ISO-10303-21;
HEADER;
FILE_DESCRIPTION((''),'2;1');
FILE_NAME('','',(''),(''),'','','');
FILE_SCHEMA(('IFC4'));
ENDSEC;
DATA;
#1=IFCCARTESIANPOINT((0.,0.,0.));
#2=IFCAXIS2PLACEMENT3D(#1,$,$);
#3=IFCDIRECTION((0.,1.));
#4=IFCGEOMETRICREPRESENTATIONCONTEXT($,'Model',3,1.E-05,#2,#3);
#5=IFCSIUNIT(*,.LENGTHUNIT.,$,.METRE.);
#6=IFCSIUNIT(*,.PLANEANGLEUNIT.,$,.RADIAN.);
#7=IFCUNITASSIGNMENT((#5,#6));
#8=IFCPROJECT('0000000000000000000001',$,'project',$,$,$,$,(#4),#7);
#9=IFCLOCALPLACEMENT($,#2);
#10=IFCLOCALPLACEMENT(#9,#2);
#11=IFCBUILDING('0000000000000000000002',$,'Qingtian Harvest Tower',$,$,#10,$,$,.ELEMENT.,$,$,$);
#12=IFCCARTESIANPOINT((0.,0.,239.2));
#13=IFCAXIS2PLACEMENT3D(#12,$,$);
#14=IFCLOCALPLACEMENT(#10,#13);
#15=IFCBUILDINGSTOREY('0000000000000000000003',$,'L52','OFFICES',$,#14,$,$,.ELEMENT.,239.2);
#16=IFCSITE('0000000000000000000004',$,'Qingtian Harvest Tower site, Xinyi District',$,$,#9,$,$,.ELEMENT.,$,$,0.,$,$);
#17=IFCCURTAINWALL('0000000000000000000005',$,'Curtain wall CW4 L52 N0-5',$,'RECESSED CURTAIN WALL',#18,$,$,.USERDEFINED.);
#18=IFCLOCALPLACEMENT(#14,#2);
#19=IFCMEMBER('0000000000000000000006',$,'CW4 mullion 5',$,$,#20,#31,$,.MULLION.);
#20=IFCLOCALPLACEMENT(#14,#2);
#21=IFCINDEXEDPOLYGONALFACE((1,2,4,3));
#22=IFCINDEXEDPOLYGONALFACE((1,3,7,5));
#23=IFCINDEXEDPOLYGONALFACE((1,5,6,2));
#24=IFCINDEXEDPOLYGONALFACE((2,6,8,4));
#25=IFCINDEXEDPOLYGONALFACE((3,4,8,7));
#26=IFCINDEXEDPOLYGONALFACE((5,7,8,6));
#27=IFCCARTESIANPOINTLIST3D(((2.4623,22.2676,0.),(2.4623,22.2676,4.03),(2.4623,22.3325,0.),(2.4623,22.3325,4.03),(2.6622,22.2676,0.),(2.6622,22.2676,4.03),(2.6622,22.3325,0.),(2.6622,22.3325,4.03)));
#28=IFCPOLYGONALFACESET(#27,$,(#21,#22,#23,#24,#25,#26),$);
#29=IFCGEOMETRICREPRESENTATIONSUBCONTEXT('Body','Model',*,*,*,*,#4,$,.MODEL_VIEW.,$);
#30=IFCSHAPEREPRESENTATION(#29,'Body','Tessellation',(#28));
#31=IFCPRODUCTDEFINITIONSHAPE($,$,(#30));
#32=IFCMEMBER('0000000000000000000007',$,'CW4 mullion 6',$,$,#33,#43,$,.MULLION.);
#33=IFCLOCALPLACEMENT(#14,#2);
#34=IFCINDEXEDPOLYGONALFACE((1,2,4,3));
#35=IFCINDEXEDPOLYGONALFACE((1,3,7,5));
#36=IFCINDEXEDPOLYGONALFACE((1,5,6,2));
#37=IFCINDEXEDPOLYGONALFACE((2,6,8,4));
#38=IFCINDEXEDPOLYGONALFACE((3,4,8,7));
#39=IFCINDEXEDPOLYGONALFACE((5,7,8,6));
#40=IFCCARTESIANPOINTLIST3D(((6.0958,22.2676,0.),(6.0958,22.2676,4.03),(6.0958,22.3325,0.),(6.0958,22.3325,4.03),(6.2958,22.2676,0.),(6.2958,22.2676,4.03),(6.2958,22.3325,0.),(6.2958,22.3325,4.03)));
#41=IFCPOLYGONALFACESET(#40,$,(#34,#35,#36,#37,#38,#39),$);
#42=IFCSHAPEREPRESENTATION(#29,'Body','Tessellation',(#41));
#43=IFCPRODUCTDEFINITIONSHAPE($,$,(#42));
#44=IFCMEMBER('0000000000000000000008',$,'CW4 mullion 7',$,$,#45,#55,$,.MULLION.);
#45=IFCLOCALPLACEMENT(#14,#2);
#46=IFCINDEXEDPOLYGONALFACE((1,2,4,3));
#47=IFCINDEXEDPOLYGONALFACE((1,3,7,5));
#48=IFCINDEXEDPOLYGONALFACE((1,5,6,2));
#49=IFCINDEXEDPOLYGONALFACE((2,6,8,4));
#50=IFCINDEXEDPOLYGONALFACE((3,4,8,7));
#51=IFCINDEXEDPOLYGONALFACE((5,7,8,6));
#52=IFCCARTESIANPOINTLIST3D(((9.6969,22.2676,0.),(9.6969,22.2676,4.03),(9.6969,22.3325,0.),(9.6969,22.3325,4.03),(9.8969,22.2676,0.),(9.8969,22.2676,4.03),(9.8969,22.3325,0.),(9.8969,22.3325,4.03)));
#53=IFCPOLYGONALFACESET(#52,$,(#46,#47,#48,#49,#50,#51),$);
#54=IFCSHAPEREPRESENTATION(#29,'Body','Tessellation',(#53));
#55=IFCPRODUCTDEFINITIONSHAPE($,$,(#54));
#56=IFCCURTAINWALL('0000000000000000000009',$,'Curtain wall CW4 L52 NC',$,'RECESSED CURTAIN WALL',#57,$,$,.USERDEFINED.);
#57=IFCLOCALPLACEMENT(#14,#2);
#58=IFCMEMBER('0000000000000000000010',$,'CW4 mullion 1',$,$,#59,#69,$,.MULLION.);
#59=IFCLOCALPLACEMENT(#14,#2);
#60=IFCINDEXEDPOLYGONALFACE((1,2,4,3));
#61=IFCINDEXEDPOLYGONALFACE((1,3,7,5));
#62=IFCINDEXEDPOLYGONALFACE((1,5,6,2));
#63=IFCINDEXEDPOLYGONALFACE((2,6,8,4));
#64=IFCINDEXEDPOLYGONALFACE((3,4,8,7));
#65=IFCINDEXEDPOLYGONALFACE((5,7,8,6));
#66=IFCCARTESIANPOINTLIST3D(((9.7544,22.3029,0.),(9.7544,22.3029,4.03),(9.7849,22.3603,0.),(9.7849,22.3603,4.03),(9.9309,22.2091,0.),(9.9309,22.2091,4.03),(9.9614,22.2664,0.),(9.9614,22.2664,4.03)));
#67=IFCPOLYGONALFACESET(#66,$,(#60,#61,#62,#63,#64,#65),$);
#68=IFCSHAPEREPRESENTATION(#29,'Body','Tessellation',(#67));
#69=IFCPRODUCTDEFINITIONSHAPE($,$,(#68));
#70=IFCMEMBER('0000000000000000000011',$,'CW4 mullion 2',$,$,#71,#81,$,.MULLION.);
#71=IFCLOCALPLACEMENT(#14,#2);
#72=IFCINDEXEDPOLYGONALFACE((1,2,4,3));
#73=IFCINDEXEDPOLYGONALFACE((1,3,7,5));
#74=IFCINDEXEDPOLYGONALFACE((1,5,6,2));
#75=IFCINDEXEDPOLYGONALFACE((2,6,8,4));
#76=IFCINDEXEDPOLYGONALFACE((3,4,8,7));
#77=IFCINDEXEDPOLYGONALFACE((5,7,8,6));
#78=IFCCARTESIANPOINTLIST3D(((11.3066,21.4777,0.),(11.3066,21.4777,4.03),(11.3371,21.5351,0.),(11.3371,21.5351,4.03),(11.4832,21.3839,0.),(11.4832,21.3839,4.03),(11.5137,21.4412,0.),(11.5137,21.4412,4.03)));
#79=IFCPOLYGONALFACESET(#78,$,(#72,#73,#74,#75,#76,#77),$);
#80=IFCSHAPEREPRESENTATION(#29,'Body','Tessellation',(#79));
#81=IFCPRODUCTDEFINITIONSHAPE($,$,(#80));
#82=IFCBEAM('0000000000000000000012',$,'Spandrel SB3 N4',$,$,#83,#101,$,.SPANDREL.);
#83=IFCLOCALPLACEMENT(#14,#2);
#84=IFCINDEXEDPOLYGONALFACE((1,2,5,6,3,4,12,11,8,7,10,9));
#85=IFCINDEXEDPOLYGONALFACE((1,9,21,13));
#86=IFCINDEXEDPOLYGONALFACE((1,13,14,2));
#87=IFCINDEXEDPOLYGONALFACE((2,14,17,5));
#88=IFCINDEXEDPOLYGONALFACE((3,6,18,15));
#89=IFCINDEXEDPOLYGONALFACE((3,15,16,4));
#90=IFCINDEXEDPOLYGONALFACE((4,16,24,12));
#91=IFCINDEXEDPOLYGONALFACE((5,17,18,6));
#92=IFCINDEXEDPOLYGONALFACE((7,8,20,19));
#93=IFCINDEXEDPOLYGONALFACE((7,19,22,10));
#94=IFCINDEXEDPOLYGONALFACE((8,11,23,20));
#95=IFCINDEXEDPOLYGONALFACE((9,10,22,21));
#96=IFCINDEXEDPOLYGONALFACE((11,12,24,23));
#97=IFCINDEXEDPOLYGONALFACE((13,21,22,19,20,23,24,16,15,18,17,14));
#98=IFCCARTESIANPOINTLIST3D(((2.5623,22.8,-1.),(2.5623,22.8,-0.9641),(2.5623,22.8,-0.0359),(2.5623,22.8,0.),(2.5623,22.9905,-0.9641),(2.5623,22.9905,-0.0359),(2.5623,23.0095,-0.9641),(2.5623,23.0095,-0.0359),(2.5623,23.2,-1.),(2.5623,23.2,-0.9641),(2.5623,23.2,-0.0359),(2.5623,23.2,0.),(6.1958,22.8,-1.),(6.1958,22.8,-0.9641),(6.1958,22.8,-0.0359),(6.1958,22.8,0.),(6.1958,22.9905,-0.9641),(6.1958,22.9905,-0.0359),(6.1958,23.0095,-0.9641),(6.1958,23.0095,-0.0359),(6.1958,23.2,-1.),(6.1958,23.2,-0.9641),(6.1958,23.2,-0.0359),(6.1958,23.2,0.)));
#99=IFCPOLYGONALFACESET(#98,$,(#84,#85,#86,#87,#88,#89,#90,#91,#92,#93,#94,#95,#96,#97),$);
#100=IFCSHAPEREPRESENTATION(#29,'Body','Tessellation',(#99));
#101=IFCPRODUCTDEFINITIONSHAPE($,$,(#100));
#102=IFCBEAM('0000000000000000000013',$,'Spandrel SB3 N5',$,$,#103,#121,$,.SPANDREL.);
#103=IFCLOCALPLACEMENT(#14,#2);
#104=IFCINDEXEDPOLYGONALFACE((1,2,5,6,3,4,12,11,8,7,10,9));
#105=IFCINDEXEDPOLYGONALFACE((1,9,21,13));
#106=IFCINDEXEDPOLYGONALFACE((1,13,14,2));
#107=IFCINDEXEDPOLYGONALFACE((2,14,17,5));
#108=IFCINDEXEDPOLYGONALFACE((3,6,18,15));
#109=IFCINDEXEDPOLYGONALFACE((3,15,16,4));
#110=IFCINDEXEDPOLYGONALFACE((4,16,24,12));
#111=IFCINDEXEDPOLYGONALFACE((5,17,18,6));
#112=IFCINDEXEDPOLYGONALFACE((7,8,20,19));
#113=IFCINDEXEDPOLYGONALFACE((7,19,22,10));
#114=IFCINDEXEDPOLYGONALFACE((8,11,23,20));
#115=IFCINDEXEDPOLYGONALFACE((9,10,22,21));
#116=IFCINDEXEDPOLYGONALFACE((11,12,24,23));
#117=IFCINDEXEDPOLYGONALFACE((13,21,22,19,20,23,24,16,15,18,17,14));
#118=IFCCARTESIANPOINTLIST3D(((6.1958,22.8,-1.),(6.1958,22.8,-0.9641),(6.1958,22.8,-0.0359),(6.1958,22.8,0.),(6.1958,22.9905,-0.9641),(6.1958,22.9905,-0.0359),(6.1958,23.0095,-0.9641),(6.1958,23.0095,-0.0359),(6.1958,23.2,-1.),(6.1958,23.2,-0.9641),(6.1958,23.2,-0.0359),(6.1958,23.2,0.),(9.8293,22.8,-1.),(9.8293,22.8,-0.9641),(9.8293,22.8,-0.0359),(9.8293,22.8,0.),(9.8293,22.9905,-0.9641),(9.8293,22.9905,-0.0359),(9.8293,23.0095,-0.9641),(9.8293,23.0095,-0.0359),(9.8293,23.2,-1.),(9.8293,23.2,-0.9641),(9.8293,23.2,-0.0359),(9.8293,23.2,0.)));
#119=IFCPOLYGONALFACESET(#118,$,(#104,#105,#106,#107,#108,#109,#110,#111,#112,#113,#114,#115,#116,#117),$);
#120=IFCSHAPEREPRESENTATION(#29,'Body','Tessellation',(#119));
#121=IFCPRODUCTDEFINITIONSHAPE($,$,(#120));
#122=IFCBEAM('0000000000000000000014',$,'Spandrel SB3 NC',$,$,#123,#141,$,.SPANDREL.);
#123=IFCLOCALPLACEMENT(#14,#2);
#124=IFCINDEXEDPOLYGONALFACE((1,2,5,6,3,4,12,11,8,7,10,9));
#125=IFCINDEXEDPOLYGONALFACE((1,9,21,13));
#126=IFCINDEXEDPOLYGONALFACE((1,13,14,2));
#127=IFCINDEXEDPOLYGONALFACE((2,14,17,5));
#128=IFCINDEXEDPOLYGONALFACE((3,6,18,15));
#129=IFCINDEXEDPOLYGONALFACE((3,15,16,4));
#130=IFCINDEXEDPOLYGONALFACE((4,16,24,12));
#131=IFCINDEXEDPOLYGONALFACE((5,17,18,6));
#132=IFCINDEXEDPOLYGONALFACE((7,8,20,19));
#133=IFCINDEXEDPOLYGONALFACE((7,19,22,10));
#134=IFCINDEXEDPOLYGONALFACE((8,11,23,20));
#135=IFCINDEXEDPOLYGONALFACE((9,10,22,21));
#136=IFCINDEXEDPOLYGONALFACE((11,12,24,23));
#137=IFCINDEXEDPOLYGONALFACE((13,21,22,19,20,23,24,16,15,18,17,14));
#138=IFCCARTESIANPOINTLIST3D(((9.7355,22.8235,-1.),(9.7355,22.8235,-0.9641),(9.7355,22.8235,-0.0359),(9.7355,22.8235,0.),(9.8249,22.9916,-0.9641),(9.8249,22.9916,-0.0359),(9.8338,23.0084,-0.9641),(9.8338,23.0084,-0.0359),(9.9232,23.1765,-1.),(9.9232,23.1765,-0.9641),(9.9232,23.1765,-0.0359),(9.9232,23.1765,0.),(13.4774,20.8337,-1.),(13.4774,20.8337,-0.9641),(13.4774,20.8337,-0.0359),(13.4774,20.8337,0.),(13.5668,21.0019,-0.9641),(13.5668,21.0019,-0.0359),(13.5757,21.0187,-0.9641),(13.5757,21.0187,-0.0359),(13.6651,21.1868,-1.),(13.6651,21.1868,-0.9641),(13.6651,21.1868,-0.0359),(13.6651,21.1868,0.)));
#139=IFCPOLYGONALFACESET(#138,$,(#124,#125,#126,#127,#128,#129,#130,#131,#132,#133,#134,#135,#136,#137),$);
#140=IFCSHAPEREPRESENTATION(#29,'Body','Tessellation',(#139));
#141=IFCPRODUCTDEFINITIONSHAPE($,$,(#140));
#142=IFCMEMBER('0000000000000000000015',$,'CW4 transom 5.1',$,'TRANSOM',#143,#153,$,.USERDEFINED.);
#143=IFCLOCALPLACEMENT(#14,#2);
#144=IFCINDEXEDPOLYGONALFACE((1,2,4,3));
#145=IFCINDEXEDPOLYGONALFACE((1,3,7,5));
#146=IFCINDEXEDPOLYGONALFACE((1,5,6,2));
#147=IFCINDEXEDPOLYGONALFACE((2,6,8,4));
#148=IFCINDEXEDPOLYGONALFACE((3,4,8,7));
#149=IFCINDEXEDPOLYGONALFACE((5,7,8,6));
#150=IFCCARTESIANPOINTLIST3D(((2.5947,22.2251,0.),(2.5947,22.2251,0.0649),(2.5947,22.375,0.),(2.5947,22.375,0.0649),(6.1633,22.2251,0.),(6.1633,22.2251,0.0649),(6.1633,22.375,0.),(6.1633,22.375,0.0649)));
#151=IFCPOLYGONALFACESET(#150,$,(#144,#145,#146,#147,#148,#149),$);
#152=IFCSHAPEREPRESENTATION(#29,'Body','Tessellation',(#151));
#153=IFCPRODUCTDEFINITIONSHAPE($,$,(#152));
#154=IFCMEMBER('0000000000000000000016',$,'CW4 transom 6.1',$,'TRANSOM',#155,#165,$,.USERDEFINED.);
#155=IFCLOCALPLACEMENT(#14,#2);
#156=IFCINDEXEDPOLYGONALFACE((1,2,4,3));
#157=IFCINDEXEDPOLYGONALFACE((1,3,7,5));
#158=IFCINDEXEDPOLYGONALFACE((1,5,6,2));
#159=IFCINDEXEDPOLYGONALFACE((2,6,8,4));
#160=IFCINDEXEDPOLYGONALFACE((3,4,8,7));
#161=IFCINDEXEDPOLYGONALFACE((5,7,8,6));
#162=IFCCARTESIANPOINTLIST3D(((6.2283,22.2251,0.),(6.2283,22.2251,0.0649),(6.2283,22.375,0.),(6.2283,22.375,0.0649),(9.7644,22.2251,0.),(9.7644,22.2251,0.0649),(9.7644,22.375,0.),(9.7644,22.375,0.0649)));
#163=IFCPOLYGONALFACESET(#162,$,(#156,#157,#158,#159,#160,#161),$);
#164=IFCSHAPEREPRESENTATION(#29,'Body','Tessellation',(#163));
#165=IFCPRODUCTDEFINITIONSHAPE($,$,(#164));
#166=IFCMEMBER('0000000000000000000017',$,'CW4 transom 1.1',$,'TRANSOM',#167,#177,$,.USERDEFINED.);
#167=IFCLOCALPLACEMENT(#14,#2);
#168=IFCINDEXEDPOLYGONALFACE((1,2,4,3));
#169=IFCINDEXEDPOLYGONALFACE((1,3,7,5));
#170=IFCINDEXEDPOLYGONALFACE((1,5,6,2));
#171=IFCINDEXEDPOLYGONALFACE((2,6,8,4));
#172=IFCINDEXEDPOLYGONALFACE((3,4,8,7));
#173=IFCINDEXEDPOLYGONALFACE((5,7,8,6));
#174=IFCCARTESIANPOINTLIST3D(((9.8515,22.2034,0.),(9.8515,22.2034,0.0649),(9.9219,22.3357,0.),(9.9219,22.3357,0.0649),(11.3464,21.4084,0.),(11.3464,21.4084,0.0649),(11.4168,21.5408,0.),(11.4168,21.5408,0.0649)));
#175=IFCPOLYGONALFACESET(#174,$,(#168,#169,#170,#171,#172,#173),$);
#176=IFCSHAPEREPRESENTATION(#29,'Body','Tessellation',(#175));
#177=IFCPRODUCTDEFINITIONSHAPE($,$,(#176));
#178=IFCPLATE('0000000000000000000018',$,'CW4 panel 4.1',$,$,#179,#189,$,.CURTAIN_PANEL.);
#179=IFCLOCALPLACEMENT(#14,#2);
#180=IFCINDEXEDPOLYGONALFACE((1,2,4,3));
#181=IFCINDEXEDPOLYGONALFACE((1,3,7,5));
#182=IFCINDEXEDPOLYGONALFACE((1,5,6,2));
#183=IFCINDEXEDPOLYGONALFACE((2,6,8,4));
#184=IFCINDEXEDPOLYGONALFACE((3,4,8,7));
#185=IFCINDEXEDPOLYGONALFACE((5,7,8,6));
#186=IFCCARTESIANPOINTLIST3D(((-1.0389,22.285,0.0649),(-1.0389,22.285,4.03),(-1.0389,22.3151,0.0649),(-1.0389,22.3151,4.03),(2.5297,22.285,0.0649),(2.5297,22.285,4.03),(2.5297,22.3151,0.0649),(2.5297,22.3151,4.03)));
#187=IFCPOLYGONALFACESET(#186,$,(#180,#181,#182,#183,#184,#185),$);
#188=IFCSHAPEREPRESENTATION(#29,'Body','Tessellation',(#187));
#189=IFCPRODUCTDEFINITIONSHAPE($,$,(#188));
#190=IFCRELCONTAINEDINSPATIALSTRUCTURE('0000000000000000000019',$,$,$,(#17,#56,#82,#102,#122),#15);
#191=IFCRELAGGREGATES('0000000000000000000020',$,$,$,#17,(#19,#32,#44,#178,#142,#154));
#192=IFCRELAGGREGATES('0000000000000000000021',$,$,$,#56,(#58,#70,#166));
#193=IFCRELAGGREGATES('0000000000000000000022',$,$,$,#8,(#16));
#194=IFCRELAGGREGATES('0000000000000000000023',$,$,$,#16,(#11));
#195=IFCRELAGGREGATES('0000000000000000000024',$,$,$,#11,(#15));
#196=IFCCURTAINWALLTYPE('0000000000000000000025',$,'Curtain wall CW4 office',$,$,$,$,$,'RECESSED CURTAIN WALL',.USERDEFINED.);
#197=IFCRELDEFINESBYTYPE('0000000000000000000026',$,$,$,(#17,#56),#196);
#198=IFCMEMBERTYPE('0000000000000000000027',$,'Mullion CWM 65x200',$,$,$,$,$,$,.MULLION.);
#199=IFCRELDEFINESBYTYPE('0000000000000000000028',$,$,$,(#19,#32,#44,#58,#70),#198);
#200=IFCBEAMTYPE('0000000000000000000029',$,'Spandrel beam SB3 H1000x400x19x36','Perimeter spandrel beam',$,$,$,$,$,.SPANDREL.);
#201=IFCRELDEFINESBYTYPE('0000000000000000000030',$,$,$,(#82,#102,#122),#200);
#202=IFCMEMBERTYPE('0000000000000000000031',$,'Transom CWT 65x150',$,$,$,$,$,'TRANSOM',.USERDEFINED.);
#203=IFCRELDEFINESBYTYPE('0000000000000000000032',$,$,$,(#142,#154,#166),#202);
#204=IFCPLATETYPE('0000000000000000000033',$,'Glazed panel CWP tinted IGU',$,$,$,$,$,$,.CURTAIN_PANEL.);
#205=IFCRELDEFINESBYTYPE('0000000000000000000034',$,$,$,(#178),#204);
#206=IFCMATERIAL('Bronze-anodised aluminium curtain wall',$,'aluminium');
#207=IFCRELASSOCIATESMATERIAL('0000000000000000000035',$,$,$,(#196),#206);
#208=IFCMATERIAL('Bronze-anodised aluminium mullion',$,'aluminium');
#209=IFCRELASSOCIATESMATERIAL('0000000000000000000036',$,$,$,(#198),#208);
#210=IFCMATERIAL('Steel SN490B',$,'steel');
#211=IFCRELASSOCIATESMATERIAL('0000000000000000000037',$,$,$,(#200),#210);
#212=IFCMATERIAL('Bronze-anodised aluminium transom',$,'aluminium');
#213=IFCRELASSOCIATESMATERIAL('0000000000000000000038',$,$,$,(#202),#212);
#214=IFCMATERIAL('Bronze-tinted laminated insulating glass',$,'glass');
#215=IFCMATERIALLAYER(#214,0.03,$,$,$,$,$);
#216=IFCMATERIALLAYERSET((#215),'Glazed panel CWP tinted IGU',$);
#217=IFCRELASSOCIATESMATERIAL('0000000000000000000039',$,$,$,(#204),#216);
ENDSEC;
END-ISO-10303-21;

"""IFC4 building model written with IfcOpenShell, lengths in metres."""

from ifc_helpers import new_model, si_unit, direction, frame, origin, origin_2d, place, context, subcontext, project, spatial, rectangle, i_section, extrude, material, layer, layer_set, material_profile, profile_set, type_object, element, aggregate, save


model = new_model("IFC4")

# Units and contexts
model_context = context("Model", 3, precision=1e-05, world=origin(), true_north=direction((0.0, 1.0)))
body_context = subcontext(model_context, "Body", "Model", "MODEL_VIEW")
ifc_project = project(units=[si_unit("LENGTHUNIT", "METRE"), si_unit("PLANEANGLEUNIT", "RADIAN")], contexts=[model_context])

# Site, building, storey
site_placement = place(None, origin())
site = spatial("IfcSite", under=ifc_project, at=site_placement, Name="Qingtian Harvest Tower site, Xinyi District", CompositionType="ELEMENT", RefElevation=0.0)
building_placement = place(site_placement, origin())
building = spatial("IfcBuilding", under=site, at=building_placement, Name="Qingtian Harvest Tower", CompositionType="ELEMENT")
storey_placement = place(building_placement, frame((0.0, 0.0, 239.2)))
storey = spatial("IfcBuildingStorey", under=building, at=storey_placement, Name="L52", Description="OFFICES", CompositionType="ELEMENT", Elevation=239.2)

# Curtain walls, members
ifc_material_1 = material(Name="Bronze-anodised aluminium curtain wall", Category="aluminium")
curtain_wall_type = type_object("IfcCurtainWallType", Name="Curtain wall CW4 office", ElementType="RECESSED CURTAIN WALL", PredefinedType="USERDEFINED", material=ifc_material_1)
curtain_wall_1_placement = place(storey_placement, origin())
curtain_wall_1 = element("IfcCurtainWall", 1, at=curtain_wall_1_placement, inside=storey, type_object=curtain_wall_type, Name="Curtain wall CW4 L52 N0-5", ObjectType="RECESSED CURTAIN WALL", PredefinedType="USERDEFINED")
ifc_material_2 = material(Name="Bronze-anodised aluminium mullion", Category="aluminium")
ifc_material_profile_1 = material_profile(ifc_material_2, rectangle(XDim=0.0649, YDim=0.2, at=origin_2d()), Name="AL 65x200")
ifc_profile_set_1 = profile_set([ifc_material_profile_1], Name="Bronze-anodised aluminium mullion")
member_type_1 = type_object("IfcMemberType", Name="Mullion CWM 65x200", PredefinedType="MULLION", material=ifc_profile_set_1)
member_1_placement = place(storey_placement, frame((2.5623, 22.3, 0.0), z_axis=(0.0, 0.0, 1.0), x_axis=(0.0, 1.0, 0.0)))
member_1 = element("IfcMember", 2, at=member_1_placement, type_object=member_type_1, Name="CW4 mullion 5", PredefinedType="MULLION", context=body_context, shape_type="SweptSolid", body=[
    extrude(rectangle(XDim=0.0649, YDim=0.2, at=origin_2d()), origin(), (0.0, 0.0, 1.0), 4.03),
])
member_2_placement = place(storey_placement, frame((6.1958, 22.3, 0.0), z_axis=(0.0, 0.0, 1.0), x_axis=(0.0, 1.0, 0.0)))
member_2 = element("IfcMember", 3, at=member_2_placement, type_object=member_type_1, Name="CW4 mullion 6", PredefinedType="MULLION", context=body_context, shape_type="SweptSolid", body=[
    extrude(rectangle(XDim=0.0649, YDim=0.2, at=origin_2d()), origin(), (0.0, 0.0, 1.0), 4.03),
])
member_3_placement = place(storey_placement, frame((9.7969, 22.3, 0.0), z_axis=(0.0, 0.0, 1.0), x_axis=(0.0, 1.0, 0.0)))
member_3 = element("IfcMember", 4, at=member_3_placement, type_object=member_type_1, Name="CW4 mullion 7", PredefinedType="MULLION", context=body_context, shape_type="SweptSolid", body=[
    extrude(rectangle(XDim=0.0649, YDim=0.2, at=origin_2d()), origin(), (0.0, 0.0, 1.0), 4.03),
])
curtain_wall_2_placement = place(storey_placement, origin())
curtain_wall_2 = element("IfcCurtainWall", 5, at=curtain_wall_2_placement, inside=storey, type_object=curtain_wall_type, Name="Curtain wall CW4 L52 NC", ObjectType="RECESSED CURTAIN WALL", PredefinedType="USERDEFINED")
member_4_placement = place(storey_placement, frame((9.8579, 22.2847, 0.0), z_axis=(0.0, 0.0, 1.0), x_axis=(0.469472, 0.882948, 0.0)))
member_4 = element("IfcMember", 6, at=member_4_placement, type_object=member_type_1, Name="CW4 mullion 1", PredefinedType="MULLION", context=body_context, shape_type="SweptSolid", body=[
    extrude(rectangle(XDim=0.0649, YDim=0.2, at=origin_2d()), origin(), (0.0, 0.0, 1.0), 4.03),
])
member_5_placement = place(storey_placement, frame((11.4102, 21.4595, 0.0), z_axis=(0.0, 0.0, 1.0), x_axis=(0.469472, 0.882948, 0.0)))
member_5 = element("IfcMember", 7, at=member_5_placement, type_object=member_type_1, Name="CW4 mullion 2", PredefinedType="MULLION", context=body_context, shape_type="SweptSolid", body=[
    extrude(rectangle(XDim=0.0649, YDim=0.2, at=origin_2d()), origin(), (0.0, 0.0, 1.0), 4.03),
])

# Beams
ifc_material_3 = material(Name="Steel SN490B", Category="steel")
ifc_material_profile_2 = material_profile(ifc_material_3, i_section(OverallWidth=0.3999, OverallDepth=1.0, WebThickness=0.019, FlangeThickness=0.0359, at=origin_2d()), Name="H1000x400x19x36")
ifc_profile_set_2 = profile_set([ifc_material_profile_2], Name="Steel SN490B")
beam_type_1 = type_object("IfcBeamType", Name="Spandrel beam SB3 H1000x400x19x36", Description="Perimeter spandrel beam", PredefinedType="SPANDREL", material=ifc_profile_set_2)
for number, where, z_axis, x_axis, name in (
    (8, (2.5623, 23.0, -0.5), (1.0, 0.0, 0.0), (0.0, 1.0, 0.0), "Spandrel SB3 N4"),
    (9, (6.1958, 23.0, -0.5), (1.0, 0.0, 0.0), (0.0, 1.0, 0.0), "Spandrel SB3 N5"),
):
    element("IfcBeam", number, at=place(storey_placement, frame(where, z_axis=z_axis, x_axis=x_axis)), inside=storey, type_object=beam_type_1, Name=name, PredefinedType="SPANDREL", context=body_context, shape_type="SweptSolid", body=[
        extrude(i_section(OverallWidth=0.3999, OverallDepth=1.0, WebThickness=0.019, FlangeThickness=0.0359, at=origin_2d()), origin(), (0.0, 0.0, 1.0), 3.6335),
    ])
beam_1_placement = place(storey_placement, frame((9.8293, 23.0, -0.5), z_axis=(0.882936, -0.469494, 0.0), x_axis=(0.469494, 0.882936, 0.0)))
element("IfcBeam", 10, at=beam_1_placement, inside=storey, type_object=beam_type_1, Name="Spandrel SB3 NC", PredefinedType="SPANDREL", context=body_context, shape_type="SweptSolid", body=[
    extrude(i_section(OverallWidth=0.3999, OverallDepth=1.0, WebThickness=0.019, FlangeThickness=0.0359, at=origin_2d()), origin(), (0.0, 0.0, 1.0), 4.238),
])

# Members
ifc_material_4 = material(Name="Bronze-anodised aluminium transom", Category="aluminium")
ifc_material_profile_3 = material_profile(ifc_material_4, rectangle(XDim=0.1499, YDim=0.0649, at=origin_2d()), Name="AL 65x150")
ifc_profile_set_3 = profile_set([ifc_material_profile_3], Name="Bronze-anodised aluminium transom")
member_type_2 = type_object("IfcMemberType", Name="Transom CWT 65x150", ElementType="TRANSOM", PredefinedType="USERDEFINED", material=ifc_profile_set_3)
member_6_placement = place(storey_placement, frame((2.5947, 22.3, 0.0325), z_axis=(1.0, 0.0, 0.0), x_axis=(0.0, 1.0, 0.0)))
member_6 = element("IfcMember", 11, at=member_6_placement, type_object=member_type_2, Name="CW4 transom 5.1", ObjectType="TRANSOM", PredefinedType="USERDEFINED", context=body_context, shape_type="SweptSolid", body=[
    extrude(rectangle(XDim=0.1499, YDim=0.0649, at=origin_2d()), origin(), (0.0, 0.0, 1.0), 3.5686),
])
member_7_placement = place(storey_placement, frame((6.2283, 22.3, 0.0325), z_axis=(1.0, 0.0, 0.0), x_axis=(0.0, 1.0, 0.0)))
member_7 = element("IfcMember", 12, at=member_7_placement, type_object=member_type_2, Name="CW4 transom 6.1", ObjectType="TRANSOM", PredefinedType="USERDEFINED", context=body_context, shape_type="SweptSolid", body=[
    extrude(rectangle(XDim=0.1499, YDim=0.0649, at=origin_2d()), origin(), (0.0, 0.0, 1.0), 3.5361),
])
member_8_placement = place(storey_placement, frame((9.8867, 22.2695, 0.0325), z_axis=(0.882927, -0.46951, 0.0), x_axis=(0.46951, 0.882927, 0.0)))
member_8 = element("IfcMember", 13, at=member_8_placement, type_object=member_type_2, Name="CW4 transom 1.1", ObjectType="TRANSOM", PredefinedType="USERDEFINED", context=body_context, shape_type="SweptSolid", body=[
    extrude(rectangle(XDim=0.1499, YDim=0.0649, at=origin_2d()), origin(), (0.0, 0.0, 1.0), 1.6931),
])

# Plate
ifc_material_5 = material(Name="Bronze-tinted laminated insulating glass", Category="glass")
ifc_layer_1 = layer(ifc_material_5, 0.03)
ifc_layer_set_1 = layer_set([ifc_layer_1], Name="Glazed panel CWP tinted IGU")
plate_type = type_object("IfcPlateType", Name="Glazed panel CWP tinted IGU", PredefinedType="CURTAIN_PANEL", material=ifc_layer_set_1)
plate_1_placement = place(storey_placement, frame((0.7454, 22.3, 0.0649), z_axis=(0.0, 0.0, 1.0), x_axis=(1.0, 0.0, 0.0)))
plate_1 = element("IfcPlate", 14, at=plate_1_placement, type_object=plate_type, Name="CW4 panel 4.1", PredefinedType="CURTAIN_PANEL", context=body_context, shape_type="SweptSolid", body=[
    extrude(rectangle(XDim=3.5686, YDim=0.03, at=origin_2d()), origin(), (0.0, 0.0, 1.0), 3.9651),
])
aggregate(curtain_wall_1, [member_1, member_2, member_3, plate_1, member_6, member_7])
aggregate(curtain_wall_2, [member_4, member_5, member_8])

save(model, "model.ifc")
